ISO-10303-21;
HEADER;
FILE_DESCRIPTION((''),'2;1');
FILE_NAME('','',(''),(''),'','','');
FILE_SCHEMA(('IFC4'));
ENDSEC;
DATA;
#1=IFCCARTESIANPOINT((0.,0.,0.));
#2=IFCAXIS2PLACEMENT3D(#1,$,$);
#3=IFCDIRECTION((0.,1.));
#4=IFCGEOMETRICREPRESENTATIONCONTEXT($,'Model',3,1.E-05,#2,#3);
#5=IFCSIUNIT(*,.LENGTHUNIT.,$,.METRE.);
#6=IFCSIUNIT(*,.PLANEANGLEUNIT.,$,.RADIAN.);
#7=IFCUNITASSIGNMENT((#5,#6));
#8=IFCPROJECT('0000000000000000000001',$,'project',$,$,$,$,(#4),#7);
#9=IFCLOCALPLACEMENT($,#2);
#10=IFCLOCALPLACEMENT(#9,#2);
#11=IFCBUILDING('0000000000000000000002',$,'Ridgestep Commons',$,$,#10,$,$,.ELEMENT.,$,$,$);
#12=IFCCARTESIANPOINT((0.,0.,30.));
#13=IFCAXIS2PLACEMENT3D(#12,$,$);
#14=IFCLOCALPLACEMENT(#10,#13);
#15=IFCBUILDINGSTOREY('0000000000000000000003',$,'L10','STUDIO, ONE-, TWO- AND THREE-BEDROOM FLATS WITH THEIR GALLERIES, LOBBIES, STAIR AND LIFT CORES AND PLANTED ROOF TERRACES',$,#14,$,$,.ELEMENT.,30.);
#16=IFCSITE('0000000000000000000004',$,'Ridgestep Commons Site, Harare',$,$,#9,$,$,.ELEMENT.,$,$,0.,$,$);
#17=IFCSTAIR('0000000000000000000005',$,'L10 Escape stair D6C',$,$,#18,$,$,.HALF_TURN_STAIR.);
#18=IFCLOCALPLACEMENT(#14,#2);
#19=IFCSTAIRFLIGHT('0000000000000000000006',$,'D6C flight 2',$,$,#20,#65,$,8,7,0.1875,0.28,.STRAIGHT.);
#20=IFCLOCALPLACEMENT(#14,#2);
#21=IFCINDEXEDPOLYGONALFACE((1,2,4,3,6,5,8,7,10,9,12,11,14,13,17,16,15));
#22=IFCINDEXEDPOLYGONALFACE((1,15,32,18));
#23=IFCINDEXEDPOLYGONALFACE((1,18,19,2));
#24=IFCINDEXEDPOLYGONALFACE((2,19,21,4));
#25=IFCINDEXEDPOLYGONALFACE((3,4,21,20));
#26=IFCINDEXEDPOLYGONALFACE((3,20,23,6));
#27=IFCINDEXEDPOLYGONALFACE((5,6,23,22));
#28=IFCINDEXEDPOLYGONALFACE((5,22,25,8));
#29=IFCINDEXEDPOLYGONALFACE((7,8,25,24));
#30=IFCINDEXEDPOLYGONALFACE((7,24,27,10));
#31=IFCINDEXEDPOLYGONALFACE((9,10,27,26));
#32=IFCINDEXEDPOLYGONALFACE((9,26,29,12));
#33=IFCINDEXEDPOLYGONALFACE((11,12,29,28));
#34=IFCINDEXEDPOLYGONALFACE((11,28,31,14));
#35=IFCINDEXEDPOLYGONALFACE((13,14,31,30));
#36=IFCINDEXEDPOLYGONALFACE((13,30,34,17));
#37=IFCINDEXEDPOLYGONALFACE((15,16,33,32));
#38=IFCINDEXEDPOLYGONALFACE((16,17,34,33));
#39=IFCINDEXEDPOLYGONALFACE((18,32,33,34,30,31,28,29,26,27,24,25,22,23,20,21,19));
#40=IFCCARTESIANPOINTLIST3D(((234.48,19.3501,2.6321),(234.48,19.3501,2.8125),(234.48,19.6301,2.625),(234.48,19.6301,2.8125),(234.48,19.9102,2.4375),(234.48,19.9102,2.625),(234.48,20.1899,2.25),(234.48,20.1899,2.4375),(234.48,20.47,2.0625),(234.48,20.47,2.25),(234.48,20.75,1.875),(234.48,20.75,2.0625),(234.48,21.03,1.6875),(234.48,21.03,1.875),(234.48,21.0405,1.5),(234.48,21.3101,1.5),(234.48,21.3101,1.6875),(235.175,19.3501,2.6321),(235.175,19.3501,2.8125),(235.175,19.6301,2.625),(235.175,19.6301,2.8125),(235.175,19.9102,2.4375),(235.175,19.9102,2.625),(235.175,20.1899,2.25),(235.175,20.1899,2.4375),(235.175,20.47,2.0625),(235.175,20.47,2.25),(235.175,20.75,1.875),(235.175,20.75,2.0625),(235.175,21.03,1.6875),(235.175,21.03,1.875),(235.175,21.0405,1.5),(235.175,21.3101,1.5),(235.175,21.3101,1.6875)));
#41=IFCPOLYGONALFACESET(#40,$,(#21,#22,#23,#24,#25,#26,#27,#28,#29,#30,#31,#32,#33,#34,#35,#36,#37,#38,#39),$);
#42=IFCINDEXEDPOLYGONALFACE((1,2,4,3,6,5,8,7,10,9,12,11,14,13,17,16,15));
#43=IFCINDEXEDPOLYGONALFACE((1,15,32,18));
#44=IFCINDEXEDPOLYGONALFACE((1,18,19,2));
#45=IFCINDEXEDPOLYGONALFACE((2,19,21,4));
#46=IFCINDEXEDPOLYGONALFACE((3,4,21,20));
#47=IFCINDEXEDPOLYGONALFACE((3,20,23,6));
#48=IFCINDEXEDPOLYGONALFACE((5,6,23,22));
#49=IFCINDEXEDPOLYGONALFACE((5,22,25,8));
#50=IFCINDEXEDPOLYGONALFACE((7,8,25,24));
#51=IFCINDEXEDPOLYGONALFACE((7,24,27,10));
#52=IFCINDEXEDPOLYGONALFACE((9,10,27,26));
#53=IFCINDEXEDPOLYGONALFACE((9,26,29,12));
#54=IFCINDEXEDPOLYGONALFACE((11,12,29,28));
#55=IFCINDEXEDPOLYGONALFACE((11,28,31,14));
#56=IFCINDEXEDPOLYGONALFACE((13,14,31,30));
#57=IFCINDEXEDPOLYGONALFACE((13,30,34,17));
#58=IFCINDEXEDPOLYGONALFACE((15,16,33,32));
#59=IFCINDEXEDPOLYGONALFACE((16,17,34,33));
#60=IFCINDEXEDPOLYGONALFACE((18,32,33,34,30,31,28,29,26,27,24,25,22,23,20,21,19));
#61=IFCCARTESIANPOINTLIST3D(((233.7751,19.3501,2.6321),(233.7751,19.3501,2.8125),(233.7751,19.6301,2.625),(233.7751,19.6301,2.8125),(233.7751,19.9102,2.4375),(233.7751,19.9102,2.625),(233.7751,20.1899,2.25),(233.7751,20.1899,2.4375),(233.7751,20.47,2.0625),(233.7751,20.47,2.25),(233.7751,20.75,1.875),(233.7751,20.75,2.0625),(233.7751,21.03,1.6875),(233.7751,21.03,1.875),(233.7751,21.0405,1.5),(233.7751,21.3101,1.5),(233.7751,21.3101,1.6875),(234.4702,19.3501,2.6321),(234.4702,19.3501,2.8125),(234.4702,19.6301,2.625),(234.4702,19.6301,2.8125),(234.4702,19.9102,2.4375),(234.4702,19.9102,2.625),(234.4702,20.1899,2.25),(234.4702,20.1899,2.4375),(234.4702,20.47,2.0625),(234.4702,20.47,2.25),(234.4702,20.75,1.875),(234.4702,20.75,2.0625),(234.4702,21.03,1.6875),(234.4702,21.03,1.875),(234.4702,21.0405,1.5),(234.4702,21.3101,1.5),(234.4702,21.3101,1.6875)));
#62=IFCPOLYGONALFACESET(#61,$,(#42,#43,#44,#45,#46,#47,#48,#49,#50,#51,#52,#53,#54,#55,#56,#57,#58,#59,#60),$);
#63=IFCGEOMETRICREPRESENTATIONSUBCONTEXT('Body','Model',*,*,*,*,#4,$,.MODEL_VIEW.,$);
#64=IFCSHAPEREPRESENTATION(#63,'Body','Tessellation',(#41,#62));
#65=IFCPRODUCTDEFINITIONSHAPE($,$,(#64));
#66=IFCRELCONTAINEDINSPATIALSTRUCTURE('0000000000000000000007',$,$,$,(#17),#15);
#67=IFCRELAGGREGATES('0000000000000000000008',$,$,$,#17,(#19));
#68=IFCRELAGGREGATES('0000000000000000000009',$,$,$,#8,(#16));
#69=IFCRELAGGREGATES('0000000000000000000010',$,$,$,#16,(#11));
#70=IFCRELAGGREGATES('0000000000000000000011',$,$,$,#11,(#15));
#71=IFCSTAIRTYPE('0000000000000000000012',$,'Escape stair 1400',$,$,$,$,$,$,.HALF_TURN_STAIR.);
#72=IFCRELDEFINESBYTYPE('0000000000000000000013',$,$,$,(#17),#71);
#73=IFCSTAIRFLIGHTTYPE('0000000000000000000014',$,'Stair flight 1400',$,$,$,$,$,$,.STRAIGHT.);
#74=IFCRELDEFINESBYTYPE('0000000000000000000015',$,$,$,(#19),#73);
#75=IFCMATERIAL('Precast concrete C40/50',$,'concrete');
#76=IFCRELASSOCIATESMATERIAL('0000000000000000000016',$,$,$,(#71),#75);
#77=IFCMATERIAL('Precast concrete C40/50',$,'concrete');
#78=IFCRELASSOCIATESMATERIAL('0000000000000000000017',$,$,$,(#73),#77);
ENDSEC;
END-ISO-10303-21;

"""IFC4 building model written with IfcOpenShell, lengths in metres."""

from ifc_helpers import new_model, si_unit, direction, frame, origin, place, context, subcontext, project, spatial, polyline, outline, extrude, material, type_object, element, aggregate, save


model = new_model("IFC4")

# Units and contexts
model_context = context("Model", 3, precision=1e-05, world=origin(), true_north=direction((0.0, 1.0)))
body_context = subcontext(model_context, "Body", "Model", "MODEL_VIEW")
ifc_project = project(units=[si_unit("LENGTHUNIT", "METRE"), si_unit("PLANEANGLEUNIT", "RADIAN")], contexts=[model_context])

# Site, building, storey
site_placement = place(None, origin())
site = spatial("IfcSite", under=ifc_project, at=site_placement, Name="Ridgestep Commons Site, Harare", CompositionType="ELEMENT", RefElevation=0.0)
building_placement = place(site_placement, origin())
building = spatial("IfcBuilding", under=site, at=building_placement, Name="Ridgestep Commons", CompositionType="ELEMENT")
storey_placement = place(building_placement, frame((0.0, 0.0, 30.0)))
storey = spatial("IfcBuildingStorey", under=building, at=storey_placement, Name="L10", Description="STUDIO, ONE-, TWO- AND THREE-BEDROOM FLATS WITH THEIR GALLERIES, LOBBIES, STAIR AND LIFT CORES AND PLANTED ROOF TERRACES", CompositionType="ELEMENT", Elevation=30.0)

# Stair, stair flight
ifc_material_1 = material(Name="Precast concrete C40/50", Category="concrete")
stair_type = type_object("IfcStairType", Name="Escape stair 1400", PredefinedType="HALF_TURN_STAIR", material=ifc_material_1)
stair_placement = place(storey_placement, origin())
stair = element("IfcStair", 1, at=stair_placement, inside=storey, type_object=stair_type, Name="L10 Escape stair D6C", PredefinedType="HALF_TURN_STAIR")
ifc_material_2 = material(Name="Precast concrete C40/50", Category="concrete")
stair_flight_type = type_object("IfcStairFlightType", Name="Stair flight 1400", PredefinedType="STRAIGHT", material=ifc_material_2)
stair_flight_1_placement = place(storey_placement, frame((234.4751, 21.3101, 1.5), z_axis=(0.0, 0.0, 1.0), x_axis=(0.0, -1.0, 0.0)))
stair_flight_1 = element("IfcStairFlight", 2, at=stair_flight_1_placement, type_object=stair_flight_type, Name="D6C flight 2", NumberOfRisers=8, NumberOfTreads=7, PredefinedType="STRAIGHT", RiserHeight=0.1875, TreadLength=0.28, context=body_context, shape_type="SweptSolid", body=[
    extrude(outline(polyline([(0.0, 0.0), (0.0, 0.1875), (0.28, 0.1875), (0.28, 0.375), (0.5601, 0.375), (0.5601, 0.5625), (0.8401, 0.5625), (0.8401, 0.75), (1.1201, 0.75), (1.1201, 0.9375), (1.3999, 0.9375), (1.3999, 1.125), (1.6799, 1.125), (1.6799, 1.3125), (1.96, 1.3125), (1.96, 1.5), (1.96, 1.1321), (0.2695, 0.0), (0.0, 0.0)])), frame((0.0, 0.7, 0.0), z_axis=(0.0, -1.0, 0.0), x_axis=(1.0, 0.0, 0.0)), (0.0, 0.0, 1.0), 0.6951),
    extrude(outline(polyline([(0.0, 0.0), (0.0, 0.1875), (0.28, 0.1875), (0.28, 0.375), (0.5601, 0.375), (0.5601, 0.5625), (0.8401, 0.5625), (0.8401, 0.75), (1.1201, 0.75), (1.1201, 0.9375), (1.3999, 0.9375), (1.3999, 1.125), (1.6799, 1.125), (1.6799, 1.3125), (1.96, 1.3125), (1.96, 1.5), (1.96, 1.1321), (0.2695, 0.0), (0.0, 0.0)])), frame((0.0, -0.0049, 0.0), z_axis=(0.0, -1.0, 0.0), x_axis=(1.0, 0.0, 0.0)), (0.0, 0.0, 1.0), 0.6951),
])
aggregate(stair, [stair_flight_1])

save(model, "model.ifc")
